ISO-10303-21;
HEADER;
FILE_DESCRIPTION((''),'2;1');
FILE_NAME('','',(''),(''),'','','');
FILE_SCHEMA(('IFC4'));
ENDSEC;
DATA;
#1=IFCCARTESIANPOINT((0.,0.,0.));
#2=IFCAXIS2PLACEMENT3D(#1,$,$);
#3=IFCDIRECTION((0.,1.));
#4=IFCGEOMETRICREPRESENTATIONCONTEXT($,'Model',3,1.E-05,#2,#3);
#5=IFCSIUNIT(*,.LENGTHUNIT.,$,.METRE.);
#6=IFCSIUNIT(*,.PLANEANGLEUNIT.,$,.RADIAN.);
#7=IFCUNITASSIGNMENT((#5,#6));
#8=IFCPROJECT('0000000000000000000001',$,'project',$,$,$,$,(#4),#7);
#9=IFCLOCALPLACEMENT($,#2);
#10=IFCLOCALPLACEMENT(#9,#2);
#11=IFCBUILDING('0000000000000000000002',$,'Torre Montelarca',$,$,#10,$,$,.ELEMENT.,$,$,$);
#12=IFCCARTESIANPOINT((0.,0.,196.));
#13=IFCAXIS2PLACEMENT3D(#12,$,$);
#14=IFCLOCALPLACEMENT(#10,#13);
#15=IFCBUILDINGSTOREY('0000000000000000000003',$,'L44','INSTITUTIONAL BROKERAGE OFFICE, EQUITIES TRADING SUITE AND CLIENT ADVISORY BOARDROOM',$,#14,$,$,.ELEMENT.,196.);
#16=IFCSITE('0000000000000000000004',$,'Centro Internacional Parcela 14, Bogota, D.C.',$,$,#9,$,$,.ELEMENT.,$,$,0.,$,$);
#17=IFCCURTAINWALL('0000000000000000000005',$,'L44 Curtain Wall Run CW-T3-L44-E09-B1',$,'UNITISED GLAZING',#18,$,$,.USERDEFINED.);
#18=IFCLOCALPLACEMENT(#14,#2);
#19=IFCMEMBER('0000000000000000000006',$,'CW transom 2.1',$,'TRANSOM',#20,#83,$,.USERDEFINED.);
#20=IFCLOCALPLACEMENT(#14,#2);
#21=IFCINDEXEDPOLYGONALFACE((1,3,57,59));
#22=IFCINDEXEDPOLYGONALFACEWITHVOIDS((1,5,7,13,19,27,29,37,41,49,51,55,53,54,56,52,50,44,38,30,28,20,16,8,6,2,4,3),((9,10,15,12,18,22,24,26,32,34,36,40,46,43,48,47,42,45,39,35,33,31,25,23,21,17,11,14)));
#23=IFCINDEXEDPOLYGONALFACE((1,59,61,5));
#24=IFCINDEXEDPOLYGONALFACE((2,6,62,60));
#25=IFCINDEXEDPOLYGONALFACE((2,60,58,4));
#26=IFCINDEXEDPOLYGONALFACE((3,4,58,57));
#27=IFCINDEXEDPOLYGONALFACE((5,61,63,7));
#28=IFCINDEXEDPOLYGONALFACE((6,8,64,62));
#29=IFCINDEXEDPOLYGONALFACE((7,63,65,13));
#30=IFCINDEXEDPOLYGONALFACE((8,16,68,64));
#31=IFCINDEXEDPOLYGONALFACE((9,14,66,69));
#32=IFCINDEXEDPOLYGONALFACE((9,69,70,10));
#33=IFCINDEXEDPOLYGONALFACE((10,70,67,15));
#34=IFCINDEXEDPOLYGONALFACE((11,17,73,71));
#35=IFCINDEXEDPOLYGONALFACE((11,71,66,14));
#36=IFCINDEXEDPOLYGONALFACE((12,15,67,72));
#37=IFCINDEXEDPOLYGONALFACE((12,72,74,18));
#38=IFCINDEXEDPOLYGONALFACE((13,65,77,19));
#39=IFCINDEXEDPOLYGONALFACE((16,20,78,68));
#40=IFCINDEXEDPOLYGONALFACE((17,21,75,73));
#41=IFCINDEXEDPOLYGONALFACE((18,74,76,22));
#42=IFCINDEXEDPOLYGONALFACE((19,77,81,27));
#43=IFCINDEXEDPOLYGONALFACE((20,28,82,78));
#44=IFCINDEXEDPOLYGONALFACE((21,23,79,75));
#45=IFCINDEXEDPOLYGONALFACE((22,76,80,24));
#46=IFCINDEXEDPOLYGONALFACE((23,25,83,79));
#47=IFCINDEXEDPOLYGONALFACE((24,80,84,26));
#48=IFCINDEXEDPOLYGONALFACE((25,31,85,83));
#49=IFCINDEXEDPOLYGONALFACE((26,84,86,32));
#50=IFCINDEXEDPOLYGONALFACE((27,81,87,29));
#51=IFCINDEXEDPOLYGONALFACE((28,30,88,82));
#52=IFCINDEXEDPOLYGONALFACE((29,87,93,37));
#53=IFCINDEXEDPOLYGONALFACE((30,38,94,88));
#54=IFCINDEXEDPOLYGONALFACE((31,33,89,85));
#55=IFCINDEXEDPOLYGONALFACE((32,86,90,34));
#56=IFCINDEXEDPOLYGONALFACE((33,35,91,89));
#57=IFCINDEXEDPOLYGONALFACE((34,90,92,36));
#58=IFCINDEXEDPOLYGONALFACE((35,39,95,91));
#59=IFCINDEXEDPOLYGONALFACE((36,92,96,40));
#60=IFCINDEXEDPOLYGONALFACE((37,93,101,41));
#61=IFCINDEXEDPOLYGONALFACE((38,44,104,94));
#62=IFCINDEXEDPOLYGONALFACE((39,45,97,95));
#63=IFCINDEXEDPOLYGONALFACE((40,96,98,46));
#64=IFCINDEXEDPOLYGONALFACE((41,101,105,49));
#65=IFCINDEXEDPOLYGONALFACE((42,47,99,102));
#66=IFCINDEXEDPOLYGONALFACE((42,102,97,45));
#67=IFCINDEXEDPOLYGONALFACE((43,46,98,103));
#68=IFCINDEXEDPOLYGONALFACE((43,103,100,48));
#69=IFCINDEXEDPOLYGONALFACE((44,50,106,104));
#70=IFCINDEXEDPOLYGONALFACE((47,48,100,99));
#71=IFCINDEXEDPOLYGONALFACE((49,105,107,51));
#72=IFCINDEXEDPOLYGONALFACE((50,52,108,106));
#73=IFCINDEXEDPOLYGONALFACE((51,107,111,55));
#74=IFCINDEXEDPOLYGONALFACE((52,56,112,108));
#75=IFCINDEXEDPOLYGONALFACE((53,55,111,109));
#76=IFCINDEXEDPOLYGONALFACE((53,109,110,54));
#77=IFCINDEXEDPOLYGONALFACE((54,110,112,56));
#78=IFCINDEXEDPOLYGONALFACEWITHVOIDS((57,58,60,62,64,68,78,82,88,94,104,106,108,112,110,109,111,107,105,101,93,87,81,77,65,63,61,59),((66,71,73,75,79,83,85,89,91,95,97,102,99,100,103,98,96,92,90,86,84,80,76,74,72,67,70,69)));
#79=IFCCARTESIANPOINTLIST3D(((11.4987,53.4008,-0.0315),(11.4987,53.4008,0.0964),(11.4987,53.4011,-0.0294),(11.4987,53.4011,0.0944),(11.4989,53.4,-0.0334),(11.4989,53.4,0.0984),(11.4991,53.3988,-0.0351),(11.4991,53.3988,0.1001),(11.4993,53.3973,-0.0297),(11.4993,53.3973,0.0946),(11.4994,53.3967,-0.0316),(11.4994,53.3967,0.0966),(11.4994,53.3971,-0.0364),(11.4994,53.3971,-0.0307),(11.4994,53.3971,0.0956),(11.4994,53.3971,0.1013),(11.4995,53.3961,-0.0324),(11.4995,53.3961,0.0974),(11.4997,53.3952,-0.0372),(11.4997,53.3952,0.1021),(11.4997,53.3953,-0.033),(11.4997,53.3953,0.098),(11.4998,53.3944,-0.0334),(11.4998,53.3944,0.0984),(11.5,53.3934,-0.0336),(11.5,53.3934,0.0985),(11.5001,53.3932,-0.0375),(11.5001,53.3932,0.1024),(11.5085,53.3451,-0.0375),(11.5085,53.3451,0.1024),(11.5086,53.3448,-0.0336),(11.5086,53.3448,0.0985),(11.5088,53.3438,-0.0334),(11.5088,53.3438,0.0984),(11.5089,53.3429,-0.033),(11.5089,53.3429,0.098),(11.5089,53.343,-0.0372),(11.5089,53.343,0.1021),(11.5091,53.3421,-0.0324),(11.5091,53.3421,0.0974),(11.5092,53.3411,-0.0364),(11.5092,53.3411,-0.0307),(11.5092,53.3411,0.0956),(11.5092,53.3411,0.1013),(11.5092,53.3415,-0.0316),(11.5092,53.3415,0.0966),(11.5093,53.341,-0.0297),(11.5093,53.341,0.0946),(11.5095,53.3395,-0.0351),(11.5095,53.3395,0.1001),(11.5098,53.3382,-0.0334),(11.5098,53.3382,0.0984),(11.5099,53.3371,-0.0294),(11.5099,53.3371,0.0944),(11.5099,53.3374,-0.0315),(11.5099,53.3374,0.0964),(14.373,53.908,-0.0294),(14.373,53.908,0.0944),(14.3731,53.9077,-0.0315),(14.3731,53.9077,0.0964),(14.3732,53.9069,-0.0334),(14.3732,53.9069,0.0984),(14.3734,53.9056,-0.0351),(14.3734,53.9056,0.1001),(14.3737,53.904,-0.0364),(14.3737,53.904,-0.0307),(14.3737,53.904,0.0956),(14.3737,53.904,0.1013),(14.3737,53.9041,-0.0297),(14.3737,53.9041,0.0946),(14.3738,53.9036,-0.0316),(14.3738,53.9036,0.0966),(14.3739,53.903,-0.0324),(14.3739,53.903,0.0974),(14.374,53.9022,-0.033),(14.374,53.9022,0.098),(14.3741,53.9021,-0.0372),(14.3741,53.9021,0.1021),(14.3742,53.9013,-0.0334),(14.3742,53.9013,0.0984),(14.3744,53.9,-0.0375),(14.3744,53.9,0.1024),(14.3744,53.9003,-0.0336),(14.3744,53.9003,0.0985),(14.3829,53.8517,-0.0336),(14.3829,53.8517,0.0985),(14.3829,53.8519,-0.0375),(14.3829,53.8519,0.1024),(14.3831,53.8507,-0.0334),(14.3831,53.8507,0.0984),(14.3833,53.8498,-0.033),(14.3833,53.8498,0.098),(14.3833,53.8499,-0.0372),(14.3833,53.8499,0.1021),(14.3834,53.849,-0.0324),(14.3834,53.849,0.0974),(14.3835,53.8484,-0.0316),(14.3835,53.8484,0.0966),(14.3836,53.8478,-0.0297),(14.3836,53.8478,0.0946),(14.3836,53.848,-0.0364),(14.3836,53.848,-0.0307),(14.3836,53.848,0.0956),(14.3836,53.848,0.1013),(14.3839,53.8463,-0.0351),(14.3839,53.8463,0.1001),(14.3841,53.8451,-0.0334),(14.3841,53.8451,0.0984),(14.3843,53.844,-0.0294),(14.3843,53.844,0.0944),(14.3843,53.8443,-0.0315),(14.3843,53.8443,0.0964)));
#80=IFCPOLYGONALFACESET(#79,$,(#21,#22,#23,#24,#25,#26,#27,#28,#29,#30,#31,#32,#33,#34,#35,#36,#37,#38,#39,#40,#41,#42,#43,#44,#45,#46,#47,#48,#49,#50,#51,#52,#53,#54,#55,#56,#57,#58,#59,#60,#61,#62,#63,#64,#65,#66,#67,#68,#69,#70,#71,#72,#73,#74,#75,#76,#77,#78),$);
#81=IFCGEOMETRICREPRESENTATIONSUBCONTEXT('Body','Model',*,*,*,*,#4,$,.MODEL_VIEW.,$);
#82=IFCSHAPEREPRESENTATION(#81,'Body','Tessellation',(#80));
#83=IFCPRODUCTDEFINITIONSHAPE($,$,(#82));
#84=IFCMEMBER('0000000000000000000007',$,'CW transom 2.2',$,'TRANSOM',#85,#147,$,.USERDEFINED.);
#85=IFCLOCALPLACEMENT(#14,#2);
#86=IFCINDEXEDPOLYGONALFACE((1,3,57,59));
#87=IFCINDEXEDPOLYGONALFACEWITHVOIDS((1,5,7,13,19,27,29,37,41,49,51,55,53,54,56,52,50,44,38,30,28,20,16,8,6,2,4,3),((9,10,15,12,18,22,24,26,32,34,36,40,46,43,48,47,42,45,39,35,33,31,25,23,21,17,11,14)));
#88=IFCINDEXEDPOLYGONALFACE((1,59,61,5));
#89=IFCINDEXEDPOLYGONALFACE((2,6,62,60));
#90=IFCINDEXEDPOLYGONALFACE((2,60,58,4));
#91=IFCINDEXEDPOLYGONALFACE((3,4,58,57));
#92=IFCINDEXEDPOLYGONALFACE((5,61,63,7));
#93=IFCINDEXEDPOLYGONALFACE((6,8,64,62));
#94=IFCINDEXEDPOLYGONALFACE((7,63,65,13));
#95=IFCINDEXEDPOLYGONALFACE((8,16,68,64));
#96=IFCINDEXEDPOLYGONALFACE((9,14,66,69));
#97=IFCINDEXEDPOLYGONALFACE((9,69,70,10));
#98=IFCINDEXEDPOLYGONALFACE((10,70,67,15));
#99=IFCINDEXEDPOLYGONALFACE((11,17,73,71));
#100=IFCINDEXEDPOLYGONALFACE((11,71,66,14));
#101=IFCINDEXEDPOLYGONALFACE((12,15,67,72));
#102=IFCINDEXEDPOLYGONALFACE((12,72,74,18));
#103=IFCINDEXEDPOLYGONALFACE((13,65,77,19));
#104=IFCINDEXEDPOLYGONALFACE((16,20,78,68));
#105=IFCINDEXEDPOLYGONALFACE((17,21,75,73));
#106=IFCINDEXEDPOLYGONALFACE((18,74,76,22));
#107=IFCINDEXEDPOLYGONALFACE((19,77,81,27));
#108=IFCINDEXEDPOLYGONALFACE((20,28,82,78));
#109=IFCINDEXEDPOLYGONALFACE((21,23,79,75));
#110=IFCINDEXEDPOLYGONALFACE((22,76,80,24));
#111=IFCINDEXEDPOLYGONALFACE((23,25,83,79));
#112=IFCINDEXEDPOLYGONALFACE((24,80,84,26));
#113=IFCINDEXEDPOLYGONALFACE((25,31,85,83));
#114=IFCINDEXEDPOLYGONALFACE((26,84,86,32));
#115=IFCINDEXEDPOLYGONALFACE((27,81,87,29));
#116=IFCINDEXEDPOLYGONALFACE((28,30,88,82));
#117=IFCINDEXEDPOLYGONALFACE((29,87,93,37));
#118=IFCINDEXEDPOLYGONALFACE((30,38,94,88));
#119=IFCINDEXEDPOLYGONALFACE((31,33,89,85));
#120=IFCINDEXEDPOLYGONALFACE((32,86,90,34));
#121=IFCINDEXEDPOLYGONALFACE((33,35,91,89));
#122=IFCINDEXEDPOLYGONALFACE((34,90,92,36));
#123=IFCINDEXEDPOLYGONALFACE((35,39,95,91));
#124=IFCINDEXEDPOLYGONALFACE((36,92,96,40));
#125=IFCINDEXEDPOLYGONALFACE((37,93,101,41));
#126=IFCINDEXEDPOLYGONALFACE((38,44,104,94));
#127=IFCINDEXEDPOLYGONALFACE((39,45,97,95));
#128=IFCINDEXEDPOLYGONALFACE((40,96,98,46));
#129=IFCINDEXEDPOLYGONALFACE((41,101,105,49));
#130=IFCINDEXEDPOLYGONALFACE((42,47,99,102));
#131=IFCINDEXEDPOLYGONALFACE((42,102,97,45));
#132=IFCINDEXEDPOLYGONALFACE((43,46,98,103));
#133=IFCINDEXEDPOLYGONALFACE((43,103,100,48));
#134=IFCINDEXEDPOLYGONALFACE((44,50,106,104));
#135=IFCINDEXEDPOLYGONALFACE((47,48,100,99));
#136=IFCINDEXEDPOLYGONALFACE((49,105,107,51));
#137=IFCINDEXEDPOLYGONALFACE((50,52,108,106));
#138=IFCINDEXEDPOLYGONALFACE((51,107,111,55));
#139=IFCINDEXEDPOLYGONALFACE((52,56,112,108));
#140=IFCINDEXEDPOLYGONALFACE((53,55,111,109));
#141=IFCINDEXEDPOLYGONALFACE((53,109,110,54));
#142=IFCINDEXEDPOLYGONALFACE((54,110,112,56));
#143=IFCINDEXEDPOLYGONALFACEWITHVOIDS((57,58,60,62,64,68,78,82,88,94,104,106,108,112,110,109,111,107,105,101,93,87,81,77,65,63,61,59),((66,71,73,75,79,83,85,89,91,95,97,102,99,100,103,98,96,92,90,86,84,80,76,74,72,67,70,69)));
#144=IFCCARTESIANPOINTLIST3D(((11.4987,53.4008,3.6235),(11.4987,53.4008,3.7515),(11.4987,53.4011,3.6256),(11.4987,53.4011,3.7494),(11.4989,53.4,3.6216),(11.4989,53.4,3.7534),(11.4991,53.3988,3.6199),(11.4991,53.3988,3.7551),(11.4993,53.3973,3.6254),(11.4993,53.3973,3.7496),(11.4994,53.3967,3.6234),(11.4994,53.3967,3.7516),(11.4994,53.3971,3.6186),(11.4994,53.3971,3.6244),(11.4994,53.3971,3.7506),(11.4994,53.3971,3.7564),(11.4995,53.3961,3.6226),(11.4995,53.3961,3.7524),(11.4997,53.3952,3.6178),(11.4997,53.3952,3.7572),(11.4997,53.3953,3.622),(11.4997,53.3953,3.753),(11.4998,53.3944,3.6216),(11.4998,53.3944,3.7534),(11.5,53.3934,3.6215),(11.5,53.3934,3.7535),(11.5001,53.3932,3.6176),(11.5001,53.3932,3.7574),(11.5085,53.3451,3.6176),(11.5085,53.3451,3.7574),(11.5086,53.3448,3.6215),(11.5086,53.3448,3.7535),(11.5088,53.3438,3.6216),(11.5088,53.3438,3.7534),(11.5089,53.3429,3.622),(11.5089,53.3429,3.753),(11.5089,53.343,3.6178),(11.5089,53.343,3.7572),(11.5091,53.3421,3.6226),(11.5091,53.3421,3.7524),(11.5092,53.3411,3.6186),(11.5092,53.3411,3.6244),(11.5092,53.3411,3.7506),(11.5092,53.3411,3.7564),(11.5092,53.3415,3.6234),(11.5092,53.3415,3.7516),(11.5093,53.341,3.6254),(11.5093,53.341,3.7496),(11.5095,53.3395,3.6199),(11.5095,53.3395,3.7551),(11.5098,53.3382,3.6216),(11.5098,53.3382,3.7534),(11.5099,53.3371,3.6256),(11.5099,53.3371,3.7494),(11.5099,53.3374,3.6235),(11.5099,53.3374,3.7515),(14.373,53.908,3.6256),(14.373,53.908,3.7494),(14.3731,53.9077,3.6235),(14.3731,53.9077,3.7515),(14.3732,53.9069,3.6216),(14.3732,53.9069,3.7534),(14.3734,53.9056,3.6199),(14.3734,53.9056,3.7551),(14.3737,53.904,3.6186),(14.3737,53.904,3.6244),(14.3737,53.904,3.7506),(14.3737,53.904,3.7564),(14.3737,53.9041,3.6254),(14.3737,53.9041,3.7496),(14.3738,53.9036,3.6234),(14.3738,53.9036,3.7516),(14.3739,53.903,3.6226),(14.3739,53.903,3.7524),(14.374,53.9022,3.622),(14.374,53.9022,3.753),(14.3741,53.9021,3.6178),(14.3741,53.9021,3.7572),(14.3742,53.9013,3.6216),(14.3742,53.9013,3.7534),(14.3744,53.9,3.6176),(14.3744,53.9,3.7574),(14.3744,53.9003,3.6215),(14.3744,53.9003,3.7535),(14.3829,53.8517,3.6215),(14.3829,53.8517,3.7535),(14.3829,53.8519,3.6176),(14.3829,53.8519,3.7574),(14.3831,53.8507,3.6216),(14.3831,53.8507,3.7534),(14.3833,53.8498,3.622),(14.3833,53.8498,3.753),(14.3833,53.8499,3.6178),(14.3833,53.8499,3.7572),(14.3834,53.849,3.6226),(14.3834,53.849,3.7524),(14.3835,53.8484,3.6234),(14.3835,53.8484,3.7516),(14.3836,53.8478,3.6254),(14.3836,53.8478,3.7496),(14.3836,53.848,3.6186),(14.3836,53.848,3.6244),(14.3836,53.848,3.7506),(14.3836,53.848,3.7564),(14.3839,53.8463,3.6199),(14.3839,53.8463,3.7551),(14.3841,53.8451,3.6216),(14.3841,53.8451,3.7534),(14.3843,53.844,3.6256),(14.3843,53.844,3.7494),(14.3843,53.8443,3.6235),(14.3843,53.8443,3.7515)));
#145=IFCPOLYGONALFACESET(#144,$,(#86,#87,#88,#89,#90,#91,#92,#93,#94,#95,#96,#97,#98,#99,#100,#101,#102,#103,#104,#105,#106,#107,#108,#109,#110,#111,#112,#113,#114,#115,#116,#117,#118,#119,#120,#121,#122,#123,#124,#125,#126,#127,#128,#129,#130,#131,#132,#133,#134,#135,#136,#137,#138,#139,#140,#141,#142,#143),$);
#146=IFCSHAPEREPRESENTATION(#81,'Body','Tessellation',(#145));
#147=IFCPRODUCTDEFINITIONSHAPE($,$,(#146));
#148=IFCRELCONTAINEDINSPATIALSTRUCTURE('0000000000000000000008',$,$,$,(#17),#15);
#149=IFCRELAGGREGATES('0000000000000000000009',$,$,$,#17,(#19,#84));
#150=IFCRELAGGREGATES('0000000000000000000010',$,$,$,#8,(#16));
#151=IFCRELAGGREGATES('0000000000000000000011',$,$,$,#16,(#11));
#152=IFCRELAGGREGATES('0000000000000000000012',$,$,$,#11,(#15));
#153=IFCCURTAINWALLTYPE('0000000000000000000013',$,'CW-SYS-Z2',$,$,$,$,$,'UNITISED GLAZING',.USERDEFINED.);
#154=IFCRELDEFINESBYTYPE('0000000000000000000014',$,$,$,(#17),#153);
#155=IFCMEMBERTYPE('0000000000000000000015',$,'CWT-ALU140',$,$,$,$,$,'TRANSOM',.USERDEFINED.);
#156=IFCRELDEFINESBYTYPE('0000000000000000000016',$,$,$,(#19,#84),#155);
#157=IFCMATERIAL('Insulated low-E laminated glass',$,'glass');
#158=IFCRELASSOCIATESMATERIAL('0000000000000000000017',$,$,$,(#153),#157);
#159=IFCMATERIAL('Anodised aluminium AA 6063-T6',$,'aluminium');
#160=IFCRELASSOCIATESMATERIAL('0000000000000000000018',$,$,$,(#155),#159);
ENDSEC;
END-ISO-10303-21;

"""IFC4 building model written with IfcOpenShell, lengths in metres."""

from ifc_helpers import new_model, si_unit, direction, frame, origin, origin_2d, place, context, subcontext, project, spatial, hollow_rectangle, extrude, source, transform, mapped, material, material_profile, profile_set, type_object, element, aggregate, save


model = new_model("IFC4")

# Units and contexts
model_context = context("Model", 3, precision=1e-05, world=origin(), true_north=direction((0.0, 1.0)))
body_context = subcontext(model_context, "Body", "Model", "MODEL_VIEW")
ifc_project = project(units=[si_unit("LENGTHUNIT", "METRE"), si_unit("PLANEANGLEUNIT", "RADIAN")], contexts=[model_context])

# Site, building, storey
site_placement = place(None, origin())
site = spatial("IfcSite", under=ifc_project, at=site_placement, Name="Centro Internacional Parcela 14, Bogota, D.C.", CompositionType="ELEMENT", RefElevation=0.0)
building_placement = place(site_placement, origin())
building = spatial("IfcBuilding", under=site, at=building_placement, Name="Torre Montelarca", CompositionType="ELEMENT")
storey_placement = place(building_placement, frame((0.0, 0.0, 196.0)))
storey = spatial("IfcBuildingStorey", under=building, at=storey_placement, Name="L44", Description="INSTITUTIONAL BROKERAGE OFFICE, EQUITIES TRADING SUITE AND CLIENT ADVISORY BOARDROOM", CompositionType="ELEMENT", Elevation=196.0)

# Curtain wall, members
ifc_material_1 = material(Name="Insulated low-E laminated glass", Category="glass")
curtain_wall_type = type_object("IfcCurtainWallType", Name="CW-SYS-Z2", ElementType="UNITISED GLAZING", PredefinedType="USERDEFINED", material=ifc_material_1)
curtain_wall_1_placement = place(storey_placement, origin())
curtain_wall_1 = element("IfcCurtainWall", 1, at=curtain_wall_1_placement, inside=storey, type_object=curtain_wall_type, Name="L44 Curtain Wall Run CW-T3-L44-E09-B1", ObjectType="UNITISED GLAZING", PredefinedType="USERDEFINED")
ifc_material_2 = material(Name="Anodised aluminium AA 6063-T6", Category="aluminium")
ifc_material_profile_1 = material_profile(ifc_material_2, hollow_rectangle(XDim=0.0649, YDim=0.1399, WallThickness=0.0039, InnerFilletRadius=0.0039, OuterFilletRadius=0.0081, at=origin_2d()), Name="ALU65X140X4", Category="aluminium")
ifc_profile_set_1 = profile_set([ifc_material_profile_1], Name="Anodised aluminium AA 6063-T6")
member_type_1 = type_object("IfcMemberType", Name="CWT-ALU140", ElementType="TRANSOM", PredefinedType="USERDEFINED", material=ifc_profile_set_1)
shared_shape_1 = source(origin(), body_context, "Body", "SweptSolid", [
    extrude(hollow_rectangle(XDim=0.0649, YDim=0.1399, WallThickness=0.0039, InnerFilletRadius=0.0039, OuterFilletRadius=0.0081, at=origin_2d()), origin(), (0.0, 0.0, 1.0), 2.9187),
])
member_1_placement = place(storey_placement, frame((14.3787, 53.876, 0.0325), z_axis=(-0.984806, -0.173656, 0.0), x_axis=(0.173656, -0.984806, 0.0)))
member_1 = element("IfcMember", 2, at=member_1_placement, type_object=member_type_1, Name="CW transom 2.1", ObjectType="TRANSOM", PredefinedType="USERDEFINED", context=body_context, shape_type="MappedRepresentation", body=[
    mapped(shared_shape_1, transform((0.0, 0.0, 0.0), scale=1.0)),
])
member_2_placement = place(storey_placement, frame((14.3787, 53.876, 3.6875), z_axis=(-0.984806, -0.173656, 0.0), x_axis=(0.173656, -0.984806, 0.0)))
member_2 = element("IfcMember", 3, at=member_2_placement, type_object=member_type_1, Name="CW transom 2.2", ObjectType="TRANSOM", PredefinedType="USERDEFINED", context=body_context, shape_type="MappedRepresentation", body=[
    mapped(shared_shape_1, transform((0.0, 0.0, 0.0), scale=1.0)),
])

aggregate(curtain_wall_1, [member_1, member_2])

save(model, "model.ifc")
